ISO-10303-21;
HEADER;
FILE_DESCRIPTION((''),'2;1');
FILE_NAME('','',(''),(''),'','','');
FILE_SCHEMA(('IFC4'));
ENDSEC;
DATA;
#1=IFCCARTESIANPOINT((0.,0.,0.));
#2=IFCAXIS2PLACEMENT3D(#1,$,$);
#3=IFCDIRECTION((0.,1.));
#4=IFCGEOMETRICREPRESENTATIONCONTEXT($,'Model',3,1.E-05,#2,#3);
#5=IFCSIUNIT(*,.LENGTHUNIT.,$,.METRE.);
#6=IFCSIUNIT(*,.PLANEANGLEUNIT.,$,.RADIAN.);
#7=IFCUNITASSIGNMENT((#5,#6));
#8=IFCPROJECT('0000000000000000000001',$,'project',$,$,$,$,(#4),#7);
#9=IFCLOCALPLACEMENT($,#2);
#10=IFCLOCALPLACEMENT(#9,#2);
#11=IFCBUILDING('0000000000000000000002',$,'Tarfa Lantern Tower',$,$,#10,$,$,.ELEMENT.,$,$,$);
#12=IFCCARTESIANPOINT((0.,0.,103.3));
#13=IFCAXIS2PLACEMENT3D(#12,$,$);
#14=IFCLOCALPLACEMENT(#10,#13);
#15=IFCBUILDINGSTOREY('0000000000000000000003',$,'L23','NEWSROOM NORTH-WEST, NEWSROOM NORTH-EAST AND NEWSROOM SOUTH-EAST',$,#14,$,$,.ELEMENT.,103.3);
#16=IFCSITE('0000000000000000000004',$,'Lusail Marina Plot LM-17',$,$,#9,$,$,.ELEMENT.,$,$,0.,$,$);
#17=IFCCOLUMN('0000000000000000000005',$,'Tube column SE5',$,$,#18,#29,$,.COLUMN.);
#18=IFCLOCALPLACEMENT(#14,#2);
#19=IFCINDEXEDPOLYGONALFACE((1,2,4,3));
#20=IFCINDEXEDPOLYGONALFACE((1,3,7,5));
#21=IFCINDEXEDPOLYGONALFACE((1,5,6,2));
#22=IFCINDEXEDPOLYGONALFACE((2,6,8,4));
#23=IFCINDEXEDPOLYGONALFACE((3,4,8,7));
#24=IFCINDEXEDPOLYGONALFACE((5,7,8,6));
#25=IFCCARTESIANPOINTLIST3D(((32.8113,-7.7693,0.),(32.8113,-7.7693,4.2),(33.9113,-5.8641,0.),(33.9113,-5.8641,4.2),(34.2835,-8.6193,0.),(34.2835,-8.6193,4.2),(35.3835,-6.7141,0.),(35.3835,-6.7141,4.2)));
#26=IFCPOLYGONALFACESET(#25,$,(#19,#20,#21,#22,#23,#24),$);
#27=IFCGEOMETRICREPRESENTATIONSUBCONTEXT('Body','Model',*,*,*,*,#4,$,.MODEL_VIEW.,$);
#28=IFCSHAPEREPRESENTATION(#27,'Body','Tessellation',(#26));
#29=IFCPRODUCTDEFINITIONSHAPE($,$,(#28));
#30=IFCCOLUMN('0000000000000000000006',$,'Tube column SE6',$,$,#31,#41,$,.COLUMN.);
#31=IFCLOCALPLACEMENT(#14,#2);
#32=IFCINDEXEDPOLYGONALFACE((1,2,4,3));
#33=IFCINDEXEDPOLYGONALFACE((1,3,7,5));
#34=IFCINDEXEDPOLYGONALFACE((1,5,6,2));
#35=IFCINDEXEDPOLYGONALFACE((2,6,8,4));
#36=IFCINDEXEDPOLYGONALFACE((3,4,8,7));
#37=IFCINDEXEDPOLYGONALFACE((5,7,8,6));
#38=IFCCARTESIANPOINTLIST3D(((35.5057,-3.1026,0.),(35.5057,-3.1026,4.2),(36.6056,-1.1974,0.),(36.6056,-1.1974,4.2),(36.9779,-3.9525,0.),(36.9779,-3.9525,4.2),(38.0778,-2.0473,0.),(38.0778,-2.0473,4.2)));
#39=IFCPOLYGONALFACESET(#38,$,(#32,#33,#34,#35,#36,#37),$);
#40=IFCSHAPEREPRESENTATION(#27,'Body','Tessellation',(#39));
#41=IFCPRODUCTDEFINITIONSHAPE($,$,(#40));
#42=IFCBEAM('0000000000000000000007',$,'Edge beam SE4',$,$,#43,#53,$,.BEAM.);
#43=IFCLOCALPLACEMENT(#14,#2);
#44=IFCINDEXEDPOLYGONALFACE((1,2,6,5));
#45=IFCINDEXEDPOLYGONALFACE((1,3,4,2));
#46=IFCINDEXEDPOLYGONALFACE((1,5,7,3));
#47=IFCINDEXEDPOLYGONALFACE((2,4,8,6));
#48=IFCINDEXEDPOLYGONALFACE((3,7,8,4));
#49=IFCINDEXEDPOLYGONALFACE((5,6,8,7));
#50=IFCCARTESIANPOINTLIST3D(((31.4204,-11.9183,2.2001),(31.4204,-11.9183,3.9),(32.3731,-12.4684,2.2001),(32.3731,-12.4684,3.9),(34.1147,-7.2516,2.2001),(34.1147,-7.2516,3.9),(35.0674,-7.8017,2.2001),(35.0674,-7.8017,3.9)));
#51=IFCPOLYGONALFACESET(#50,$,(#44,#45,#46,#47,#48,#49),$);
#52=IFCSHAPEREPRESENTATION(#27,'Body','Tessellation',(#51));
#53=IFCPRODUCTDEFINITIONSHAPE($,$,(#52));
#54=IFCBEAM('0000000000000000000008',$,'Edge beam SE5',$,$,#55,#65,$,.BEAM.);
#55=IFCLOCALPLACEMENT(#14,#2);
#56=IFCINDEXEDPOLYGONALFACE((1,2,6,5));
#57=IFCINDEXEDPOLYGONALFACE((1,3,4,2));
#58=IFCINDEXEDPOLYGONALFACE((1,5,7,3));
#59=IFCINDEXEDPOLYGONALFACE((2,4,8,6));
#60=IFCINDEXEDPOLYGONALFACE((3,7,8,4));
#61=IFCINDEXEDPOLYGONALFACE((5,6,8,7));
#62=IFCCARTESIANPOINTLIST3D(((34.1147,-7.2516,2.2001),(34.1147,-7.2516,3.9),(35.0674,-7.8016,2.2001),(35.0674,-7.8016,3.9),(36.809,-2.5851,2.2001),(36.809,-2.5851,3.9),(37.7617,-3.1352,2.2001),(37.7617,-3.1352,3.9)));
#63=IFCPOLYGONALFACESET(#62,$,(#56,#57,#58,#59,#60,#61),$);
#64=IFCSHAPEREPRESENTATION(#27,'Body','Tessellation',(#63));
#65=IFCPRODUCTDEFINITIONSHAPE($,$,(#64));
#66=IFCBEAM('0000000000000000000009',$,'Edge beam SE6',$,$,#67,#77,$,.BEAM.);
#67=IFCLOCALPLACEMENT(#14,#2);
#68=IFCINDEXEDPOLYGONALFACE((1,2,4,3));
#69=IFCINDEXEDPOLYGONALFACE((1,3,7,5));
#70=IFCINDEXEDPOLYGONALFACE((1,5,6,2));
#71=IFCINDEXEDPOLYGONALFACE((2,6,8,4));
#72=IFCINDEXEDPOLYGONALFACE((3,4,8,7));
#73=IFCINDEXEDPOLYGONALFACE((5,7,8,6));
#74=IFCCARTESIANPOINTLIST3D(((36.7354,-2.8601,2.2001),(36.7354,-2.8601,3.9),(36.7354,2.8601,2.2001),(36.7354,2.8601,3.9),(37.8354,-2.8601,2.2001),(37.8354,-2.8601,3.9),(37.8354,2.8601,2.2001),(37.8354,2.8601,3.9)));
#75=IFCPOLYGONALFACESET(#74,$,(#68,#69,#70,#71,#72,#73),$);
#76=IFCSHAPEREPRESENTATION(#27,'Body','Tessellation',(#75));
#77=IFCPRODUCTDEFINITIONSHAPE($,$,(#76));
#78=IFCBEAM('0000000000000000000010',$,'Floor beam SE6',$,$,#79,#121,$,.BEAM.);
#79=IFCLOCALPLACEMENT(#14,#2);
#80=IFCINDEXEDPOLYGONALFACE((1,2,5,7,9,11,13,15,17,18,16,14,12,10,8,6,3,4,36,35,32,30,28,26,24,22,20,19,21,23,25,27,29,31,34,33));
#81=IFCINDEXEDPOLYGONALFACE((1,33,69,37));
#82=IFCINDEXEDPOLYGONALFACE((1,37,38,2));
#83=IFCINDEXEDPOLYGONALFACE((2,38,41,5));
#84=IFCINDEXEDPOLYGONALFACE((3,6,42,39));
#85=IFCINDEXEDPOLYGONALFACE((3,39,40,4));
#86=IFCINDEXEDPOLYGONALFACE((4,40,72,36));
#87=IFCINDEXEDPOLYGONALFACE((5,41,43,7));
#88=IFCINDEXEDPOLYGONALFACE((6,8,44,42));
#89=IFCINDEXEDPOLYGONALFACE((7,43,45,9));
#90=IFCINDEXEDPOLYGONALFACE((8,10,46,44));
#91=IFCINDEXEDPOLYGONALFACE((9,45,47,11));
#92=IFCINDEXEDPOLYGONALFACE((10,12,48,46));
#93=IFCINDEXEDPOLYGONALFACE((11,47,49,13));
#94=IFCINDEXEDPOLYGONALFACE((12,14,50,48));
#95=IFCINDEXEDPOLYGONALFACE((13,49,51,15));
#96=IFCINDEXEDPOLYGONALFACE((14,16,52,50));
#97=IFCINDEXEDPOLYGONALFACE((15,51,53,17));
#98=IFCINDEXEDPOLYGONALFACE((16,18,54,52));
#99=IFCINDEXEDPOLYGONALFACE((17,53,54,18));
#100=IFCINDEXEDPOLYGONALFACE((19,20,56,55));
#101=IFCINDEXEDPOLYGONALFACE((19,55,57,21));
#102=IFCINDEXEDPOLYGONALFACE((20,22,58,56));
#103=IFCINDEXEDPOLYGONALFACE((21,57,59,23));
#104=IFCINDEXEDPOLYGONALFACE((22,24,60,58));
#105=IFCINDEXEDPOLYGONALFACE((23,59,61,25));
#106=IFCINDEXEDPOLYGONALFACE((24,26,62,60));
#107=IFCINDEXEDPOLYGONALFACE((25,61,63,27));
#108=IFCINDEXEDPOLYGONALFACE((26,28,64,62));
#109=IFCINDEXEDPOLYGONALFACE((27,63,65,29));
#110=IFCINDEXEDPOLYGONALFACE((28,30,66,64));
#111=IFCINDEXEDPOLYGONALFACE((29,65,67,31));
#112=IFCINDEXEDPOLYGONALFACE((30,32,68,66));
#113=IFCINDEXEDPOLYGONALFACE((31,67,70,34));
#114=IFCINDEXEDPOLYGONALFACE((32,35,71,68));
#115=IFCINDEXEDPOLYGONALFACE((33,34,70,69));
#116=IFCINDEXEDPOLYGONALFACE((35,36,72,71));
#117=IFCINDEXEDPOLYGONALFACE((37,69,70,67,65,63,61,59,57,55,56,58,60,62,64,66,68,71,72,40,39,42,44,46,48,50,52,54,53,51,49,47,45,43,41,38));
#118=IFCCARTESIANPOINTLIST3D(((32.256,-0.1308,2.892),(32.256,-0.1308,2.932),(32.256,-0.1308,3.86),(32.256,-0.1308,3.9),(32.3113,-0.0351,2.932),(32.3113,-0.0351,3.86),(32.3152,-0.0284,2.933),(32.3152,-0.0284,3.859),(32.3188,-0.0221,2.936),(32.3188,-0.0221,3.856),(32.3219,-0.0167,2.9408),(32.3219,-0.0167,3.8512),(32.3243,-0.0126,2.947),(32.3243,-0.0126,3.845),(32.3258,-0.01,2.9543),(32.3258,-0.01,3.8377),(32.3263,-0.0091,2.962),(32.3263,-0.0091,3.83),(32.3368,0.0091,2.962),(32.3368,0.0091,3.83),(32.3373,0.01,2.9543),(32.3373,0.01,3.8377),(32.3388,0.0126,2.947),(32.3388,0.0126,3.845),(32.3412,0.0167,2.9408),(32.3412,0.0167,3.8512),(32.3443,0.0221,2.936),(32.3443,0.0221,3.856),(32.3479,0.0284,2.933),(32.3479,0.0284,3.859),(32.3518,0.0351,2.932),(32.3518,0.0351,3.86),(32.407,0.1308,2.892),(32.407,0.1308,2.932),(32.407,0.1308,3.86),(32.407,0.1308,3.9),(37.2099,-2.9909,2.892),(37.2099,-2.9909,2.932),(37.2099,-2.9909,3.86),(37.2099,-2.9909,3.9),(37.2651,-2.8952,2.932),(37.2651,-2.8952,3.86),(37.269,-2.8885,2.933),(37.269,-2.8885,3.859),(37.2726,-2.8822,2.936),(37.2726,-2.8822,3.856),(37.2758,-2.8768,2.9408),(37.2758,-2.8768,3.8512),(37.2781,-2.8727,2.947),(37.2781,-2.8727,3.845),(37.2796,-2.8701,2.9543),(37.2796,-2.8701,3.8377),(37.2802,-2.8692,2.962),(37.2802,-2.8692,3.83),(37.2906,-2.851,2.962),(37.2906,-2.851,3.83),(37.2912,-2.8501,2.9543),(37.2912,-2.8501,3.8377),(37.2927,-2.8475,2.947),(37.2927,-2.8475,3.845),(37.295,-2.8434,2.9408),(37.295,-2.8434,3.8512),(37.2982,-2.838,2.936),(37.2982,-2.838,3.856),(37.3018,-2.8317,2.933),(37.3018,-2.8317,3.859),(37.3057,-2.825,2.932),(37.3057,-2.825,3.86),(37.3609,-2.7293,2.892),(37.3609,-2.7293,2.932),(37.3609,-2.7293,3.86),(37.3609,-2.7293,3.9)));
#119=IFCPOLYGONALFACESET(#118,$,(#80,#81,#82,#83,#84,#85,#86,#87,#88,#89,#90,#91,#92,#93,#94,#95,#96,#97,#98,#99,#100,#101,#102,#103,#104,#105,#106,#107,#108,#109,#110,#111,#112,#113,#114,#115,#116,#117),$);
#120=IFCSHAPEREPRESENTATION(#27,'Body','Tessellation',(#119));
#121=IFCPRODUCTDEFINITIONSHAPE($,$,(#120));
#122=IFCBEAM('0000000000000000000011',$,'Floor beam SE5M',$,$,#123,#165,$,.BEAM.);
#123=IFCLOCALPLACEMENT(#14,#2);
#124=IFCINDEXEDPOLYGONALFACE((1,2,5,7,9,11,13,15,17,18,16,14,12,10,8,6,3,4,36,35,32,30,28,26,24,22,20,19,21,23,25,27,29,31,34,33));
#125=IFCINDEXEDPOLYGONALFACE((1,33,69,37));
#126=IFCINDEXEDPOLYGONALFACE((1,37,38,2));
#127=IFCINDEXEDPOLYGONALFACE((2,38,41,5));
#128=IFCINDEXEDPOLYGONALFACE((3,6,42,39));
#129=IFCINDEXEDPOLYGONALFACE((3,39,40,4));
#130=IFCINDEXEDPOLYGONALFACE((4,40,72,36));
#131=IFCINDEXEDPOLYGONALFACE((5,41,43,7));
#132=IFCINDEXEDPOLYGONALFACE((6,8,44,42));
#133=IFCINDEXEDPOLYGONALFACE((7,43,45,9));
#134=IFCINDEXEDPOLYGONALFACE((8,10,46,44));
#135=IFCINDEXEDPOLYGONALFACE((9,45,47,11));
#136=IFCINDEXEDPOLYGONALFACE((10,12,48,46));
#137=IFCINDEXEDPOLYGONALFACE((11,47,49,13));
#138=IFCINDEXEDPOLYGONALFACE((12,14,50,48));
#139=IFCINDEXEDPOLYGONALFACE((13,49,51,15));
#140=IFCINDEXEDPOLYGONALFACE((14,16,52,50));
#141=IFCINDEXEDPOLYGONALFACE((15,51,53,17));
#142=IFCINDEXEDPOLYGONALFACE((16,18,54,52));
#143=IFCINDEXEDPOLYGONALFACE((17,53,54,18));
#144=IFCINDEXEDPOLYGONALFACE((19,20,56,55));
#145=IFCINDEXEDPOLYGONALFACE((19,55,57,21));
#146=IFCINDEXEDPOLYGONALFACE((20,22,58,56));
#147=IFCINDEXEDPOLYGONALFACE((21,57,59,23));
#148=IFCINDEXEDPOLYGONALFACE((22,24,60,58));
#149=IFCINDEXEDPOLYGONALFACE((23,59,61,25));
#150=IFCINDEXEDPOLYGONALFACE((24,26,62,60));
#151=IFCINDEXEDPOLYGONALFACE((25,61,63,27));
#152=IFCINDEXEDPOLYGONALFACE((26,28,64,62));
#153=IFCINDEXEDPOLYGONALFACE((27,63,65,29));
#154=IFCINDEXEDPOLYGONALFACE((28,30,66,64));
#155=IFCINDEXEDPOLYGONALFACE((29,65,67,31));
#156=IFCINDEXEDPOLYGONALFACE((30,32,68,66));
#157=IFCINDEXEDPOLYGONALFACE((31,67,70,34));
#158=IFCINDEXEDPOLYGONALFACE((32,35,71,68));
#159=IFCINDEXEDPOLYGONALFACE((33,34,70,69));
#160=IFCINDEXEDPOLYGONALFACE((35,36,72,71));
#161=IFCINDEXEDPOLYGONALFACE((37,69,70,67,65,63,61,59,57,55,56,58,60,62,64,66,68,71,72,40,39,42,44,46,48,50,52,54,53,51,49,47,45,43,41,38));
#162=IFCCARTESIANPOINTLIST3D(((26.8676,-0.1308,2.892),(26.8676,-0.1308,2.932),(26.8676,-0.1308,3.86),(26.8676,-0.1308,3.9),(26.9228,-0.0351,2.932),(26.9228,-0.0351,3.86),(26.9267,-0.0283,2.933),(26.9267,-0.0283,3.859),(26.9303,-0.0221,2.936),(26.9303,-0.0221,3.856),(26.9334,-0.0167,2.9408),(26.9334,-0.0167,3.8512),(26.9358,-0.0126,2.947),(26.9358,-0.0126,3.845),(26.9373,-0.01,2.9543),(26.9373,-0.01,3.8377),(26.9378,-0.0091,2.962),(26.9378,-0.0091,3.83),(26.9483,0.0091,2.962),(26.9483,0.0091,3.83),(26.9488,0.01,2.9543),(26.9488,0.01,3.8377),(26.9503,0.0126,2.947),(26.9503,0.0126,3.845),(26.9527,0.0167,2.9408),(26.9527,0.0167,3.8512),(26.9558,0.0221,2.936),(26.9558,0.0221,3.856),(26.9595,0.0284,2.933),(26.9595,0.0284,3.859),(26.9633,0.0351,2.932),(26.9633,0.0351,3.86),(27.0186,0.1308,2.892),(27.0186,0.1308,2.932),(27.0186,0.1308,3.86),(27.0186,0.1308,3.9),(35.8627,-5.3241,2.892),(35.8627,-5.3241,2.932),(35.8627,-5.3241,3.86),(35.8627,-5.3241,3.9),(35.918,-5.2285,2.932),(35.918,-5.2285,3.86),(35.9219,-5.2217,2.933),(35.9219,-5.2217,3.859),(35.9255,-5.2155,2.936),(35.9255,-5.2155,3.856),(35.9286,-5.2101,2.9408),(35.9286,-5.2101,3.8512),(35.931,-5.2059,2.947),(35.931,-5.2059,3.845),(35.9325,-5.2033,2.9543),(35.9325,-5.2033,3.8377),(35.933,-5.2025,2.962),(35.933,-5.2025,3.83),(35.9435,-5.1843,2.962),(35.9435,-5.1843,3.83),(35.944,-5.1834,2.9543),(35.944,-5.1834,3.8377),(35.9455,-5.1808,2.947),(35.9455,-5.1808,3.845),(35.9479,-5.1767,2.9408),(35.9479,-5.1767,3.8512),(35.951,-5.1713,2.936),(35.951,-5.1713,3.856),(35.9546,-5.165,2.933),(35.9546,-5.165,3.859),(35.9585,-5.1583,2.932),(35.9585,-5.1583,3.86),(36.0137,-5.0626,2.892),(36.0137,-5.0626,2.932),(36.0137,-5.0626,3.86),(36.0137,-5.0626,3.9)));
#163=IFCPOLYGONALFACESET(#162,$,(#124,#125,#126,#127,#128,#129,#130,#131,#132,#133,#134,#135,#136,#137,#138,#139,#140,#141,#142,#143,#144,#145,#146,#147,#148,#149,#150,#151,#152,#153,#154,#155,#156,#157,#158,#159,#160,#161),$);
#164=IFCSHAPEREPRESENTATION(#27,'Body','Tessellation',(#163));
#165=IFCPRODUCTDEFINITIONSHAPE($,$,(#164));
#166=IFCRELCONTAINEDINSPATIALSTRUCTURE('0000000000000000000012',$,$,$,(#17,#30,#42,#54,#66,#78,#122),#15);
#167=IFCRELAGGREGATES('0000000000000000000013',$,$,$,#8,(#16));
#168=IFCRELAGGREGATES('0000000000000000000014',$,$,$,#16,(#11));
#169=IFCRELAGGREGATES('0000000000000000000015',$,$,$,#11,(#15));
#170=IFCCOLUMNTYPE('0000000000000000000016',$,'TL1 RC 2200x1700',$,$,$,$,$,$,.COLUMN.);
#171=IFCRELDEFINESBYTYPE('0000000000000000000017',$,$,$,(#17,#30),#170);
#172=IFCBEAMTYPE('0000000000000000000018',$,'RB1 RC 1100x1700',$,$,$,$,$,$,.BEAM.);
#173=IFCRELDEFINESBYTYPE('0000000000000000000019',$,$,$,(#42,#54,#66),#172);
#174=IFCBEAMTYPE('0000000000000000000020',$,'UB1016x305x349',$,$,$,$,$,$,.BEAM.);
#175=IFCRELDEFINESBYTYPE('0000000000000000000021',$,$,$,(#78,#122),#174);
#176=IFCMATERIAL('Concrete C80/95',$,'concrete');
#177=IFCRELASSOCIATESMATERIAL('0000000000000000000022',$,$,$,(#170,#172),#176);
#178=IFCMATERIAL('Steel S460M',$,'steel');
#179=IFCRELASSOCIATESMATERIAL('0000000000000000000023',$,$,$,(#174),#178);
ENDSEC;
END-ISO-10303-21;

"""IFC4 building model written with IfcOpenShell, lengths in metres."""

from ifc_helpers import new_model, si_unit, direction, frame, origin, origin_2d, place, context, subcontext, project, spatial, rectangle, i_section, extrude, material, material_profile, profile_set, type_object, element, save


model = new_model("IFC4")

# Units and contexts
model_context = context("Model", 3, precision=1e-05, world=origin(), true_north=direction((0.0, 1.0)))
body_context = subcontext(model_context, "Body", "Model", "MODEL_VIEW")
ifc_project = project(units=[si_unit("LENGTHUNIT", "METRE"), si_unit("PLANEANGLEUNIT", "RADIAN")], contexts=[model_context])

# Site, building, storey
site_placement = place(None, origin())
site = spatial("IfcSite", under=ifc_project, at=site_placement, Name="Lusail Marina Plot LM-17", CompositionType="ELEMENT", RefElevation=0.0)
building_placement = place(site_placement, origin())
building = spatial("IfcBuilding", under=site, at=building_placement, Name="Tarfa Lantern Tower", CompositionType="ELEMENT")
storey_placement = place(building_placement, frame((0.0, 0.0, 103.3)))
storey = spatial("IfcBuildingStorey", under=building, at=storey_placement, Name="L23", Description="NEWSROOM NORTH-WEST, NEWSROOM NORTH-EAST AND NEWSROOM SOUTH-EAST", CompositionType="ELEMENT", Elevation=103.3)

# Columns
ifc_material_1 = material(Name="Concrete C80/95", Category="concrete")
ifc_material_profile_1 = material_profile(ifc_material_1, rectangle(XDim=2.2, YDim=1.7, at=origin_2d()), Name="RC 2200x1700")
ifc_profile_set_1 = profile_set([ifc_material_profile_1], Name="Concrete C80/95")
column_type = type_object("IfcColumnType", Name="TL1 RC 2200x1700", PredefinedType="COLUMN", material=ifc_profile_set_1)
for number, where, z_axis, x_axis, name in (
    (1, (34.0974, -7.2417, 0.0), (0.0, 0.0, 1.0), (0.5, 0.866025, 0.0), "Tube column SE5"),
    (2, (36.7917, -2.575, 0.0), (0.0, 0.0, 1.0), (0.5, 0.866025, 0.0), "Tube column SE6"),
):
    element("IfcColumn", number, at=place(storey_placement, frame(where, z_axis=z_axis, x_axis=x_axis)), inside=storey, type_object=column_type, Name=name, PredefinedType="COLUMN", context=body_context, shape_type="SweptSolid", body=[
        extrude(rectangle(XDim=2.2, YDim=1.7, at=origin_2d()), origin(), (0.0, 0.0, 1.0), 4.2),
    ])

# Beams
ifc_material_profile_2 = material_profile(ifc_material_1, rectangle(XDim=1.1001, YDim=1.7, at=origin_2d()), Name="RC 1100x1700")
ifc_profile_set_2 = profile_set([ifc_material_profile_2], Name="Concrete C80/95")
beam_type_1 = type_object("IfcBeamType", Name="RB1 RC 1100x1700", PredefinedType="BEAM", material=ifc_profile_set_2)
beam_1_placement = place(storey_placement, frame((31.8967, -12.1934, 3.05), z_axis=(0.499998, 0.866026, 0.0), x_axis=(-0.866026, 0.499998, 0.0)))
element("IfcBeam", 3, at=beam_1_placement, inside=storey, type_object=beam_type_1, Name="Edge beam SE4", PredefinedType="BEAM", context=body_context, shape_type="SweptSolid", body=[
    extrude(rectangle(XDim=1.1001, YDim=1.7, at=origin_2d()), origin(), (0.0, 0.0, 1.0), 5.3887),
])
beam_2_placement = place(storey_placement, frame((34.5911, -7.5266, 3.05), z_axis=(0.500018, 0.866015, 0.0), x_axis=(-0.866015, 0.500018, 0.0)))
element("IfcBeam", 4, at=beam_2_placement, inside=storey, type_object=beam_type_1, Name="Edge beam SE5", PredefinedType="BEAM", context=body_context, shape_type="SweptSolid", body=[
    extrude(rectangle(XDim=1.1001, YDim=1.7, at=origin_2d()), origin(), (0.0, 0.0, 1.0), 5.3884),
])
beam_3_placement = place(storey_placement, frame((37.2854, -2.8601, 3.05), z_axis=(0.0, 1.0, 0.0), x_axis=(-1.0, 0.0, 0.0)))
element("IfcBeam", 5, at=beam_3_placement, inside=storey, type_object=beam_type_1, Name="Edge beam SE6", PredefinedType="BEAM", context=body_context, shape_type="SweptSolid", body=[
    extrude(rectangle(XDim=1.1001, YDim=1.7, at=origin_2d()), origin(), (0.0, 0.0, 1.0), 5.7202),
])
ifc_material_2 = material(Name="Steel S460M", Category="steel")
ifc_material_profile_3 = material_profile(ifc_material_2, i_section(OverallWidth=0.302, OverallDepth=1.0081, WebThickness=0.021, FlangeThickness=0.04, FilletRadius=0.03, at=origin_2d()), Name="UB1016x305x349")
ifc_profile_set_3 = profile_set([ifc_material_profile_3], Name="Steel S460M")
beam_type_2 = type_object("IfcBeamType", Name="UB1016x305x349", PredefinedType="BEAM", material=ifc_profile_set_3)
beam_4_placement = place(storey_placement, frame((37.2854, -2.8601, 3.396), z_axis=(-0.866026, 0.5, 0.0), x_axis=(-0.5, -0.866026, 0.0)))
element("IfcBeam", 6, at=beam_4_placement, inside=storey, type_object=beam_type_2, Name="Floor beam SE6", PredefinedType="BEAM", context=body_context, shape_type="SweptSolid", body=[
    extrude(i_section(OverallWidth=0.302, OverallDepth=1.0081, WebThickness=0.021, FlangeThickness=0.04, FilletRadius=0.03, at=origin_2d()), origin(), (0.0, 0.0, 1.0), 5.7202),
])
beam_5_placement = place(storey_placement, frame((35.9382, -5.1934, 3.396), z_axis=(-0.866024, 0.500002, 0.0), x_axis=(-0.500002, -0.866024, 0.0)))
element("IfcBeam", 7, at=beam_5_placement, inside=storey, type_object=beam_type_2, Name="Floor beam SE5M", PredefinedType="BEAM", context=body_context, shape_type="SweptSolid", body=[
    extrude(i_section(OverallWidth=0.302, OverallDepth=1.0081, WebThickness=0.021, FlangeThickness=0.04, FilletRadius=0.03, at=origin_2d()), origin(), (0.0, 0.0, 1.0), 10.3867),
])

save(model, "model.ifc")
